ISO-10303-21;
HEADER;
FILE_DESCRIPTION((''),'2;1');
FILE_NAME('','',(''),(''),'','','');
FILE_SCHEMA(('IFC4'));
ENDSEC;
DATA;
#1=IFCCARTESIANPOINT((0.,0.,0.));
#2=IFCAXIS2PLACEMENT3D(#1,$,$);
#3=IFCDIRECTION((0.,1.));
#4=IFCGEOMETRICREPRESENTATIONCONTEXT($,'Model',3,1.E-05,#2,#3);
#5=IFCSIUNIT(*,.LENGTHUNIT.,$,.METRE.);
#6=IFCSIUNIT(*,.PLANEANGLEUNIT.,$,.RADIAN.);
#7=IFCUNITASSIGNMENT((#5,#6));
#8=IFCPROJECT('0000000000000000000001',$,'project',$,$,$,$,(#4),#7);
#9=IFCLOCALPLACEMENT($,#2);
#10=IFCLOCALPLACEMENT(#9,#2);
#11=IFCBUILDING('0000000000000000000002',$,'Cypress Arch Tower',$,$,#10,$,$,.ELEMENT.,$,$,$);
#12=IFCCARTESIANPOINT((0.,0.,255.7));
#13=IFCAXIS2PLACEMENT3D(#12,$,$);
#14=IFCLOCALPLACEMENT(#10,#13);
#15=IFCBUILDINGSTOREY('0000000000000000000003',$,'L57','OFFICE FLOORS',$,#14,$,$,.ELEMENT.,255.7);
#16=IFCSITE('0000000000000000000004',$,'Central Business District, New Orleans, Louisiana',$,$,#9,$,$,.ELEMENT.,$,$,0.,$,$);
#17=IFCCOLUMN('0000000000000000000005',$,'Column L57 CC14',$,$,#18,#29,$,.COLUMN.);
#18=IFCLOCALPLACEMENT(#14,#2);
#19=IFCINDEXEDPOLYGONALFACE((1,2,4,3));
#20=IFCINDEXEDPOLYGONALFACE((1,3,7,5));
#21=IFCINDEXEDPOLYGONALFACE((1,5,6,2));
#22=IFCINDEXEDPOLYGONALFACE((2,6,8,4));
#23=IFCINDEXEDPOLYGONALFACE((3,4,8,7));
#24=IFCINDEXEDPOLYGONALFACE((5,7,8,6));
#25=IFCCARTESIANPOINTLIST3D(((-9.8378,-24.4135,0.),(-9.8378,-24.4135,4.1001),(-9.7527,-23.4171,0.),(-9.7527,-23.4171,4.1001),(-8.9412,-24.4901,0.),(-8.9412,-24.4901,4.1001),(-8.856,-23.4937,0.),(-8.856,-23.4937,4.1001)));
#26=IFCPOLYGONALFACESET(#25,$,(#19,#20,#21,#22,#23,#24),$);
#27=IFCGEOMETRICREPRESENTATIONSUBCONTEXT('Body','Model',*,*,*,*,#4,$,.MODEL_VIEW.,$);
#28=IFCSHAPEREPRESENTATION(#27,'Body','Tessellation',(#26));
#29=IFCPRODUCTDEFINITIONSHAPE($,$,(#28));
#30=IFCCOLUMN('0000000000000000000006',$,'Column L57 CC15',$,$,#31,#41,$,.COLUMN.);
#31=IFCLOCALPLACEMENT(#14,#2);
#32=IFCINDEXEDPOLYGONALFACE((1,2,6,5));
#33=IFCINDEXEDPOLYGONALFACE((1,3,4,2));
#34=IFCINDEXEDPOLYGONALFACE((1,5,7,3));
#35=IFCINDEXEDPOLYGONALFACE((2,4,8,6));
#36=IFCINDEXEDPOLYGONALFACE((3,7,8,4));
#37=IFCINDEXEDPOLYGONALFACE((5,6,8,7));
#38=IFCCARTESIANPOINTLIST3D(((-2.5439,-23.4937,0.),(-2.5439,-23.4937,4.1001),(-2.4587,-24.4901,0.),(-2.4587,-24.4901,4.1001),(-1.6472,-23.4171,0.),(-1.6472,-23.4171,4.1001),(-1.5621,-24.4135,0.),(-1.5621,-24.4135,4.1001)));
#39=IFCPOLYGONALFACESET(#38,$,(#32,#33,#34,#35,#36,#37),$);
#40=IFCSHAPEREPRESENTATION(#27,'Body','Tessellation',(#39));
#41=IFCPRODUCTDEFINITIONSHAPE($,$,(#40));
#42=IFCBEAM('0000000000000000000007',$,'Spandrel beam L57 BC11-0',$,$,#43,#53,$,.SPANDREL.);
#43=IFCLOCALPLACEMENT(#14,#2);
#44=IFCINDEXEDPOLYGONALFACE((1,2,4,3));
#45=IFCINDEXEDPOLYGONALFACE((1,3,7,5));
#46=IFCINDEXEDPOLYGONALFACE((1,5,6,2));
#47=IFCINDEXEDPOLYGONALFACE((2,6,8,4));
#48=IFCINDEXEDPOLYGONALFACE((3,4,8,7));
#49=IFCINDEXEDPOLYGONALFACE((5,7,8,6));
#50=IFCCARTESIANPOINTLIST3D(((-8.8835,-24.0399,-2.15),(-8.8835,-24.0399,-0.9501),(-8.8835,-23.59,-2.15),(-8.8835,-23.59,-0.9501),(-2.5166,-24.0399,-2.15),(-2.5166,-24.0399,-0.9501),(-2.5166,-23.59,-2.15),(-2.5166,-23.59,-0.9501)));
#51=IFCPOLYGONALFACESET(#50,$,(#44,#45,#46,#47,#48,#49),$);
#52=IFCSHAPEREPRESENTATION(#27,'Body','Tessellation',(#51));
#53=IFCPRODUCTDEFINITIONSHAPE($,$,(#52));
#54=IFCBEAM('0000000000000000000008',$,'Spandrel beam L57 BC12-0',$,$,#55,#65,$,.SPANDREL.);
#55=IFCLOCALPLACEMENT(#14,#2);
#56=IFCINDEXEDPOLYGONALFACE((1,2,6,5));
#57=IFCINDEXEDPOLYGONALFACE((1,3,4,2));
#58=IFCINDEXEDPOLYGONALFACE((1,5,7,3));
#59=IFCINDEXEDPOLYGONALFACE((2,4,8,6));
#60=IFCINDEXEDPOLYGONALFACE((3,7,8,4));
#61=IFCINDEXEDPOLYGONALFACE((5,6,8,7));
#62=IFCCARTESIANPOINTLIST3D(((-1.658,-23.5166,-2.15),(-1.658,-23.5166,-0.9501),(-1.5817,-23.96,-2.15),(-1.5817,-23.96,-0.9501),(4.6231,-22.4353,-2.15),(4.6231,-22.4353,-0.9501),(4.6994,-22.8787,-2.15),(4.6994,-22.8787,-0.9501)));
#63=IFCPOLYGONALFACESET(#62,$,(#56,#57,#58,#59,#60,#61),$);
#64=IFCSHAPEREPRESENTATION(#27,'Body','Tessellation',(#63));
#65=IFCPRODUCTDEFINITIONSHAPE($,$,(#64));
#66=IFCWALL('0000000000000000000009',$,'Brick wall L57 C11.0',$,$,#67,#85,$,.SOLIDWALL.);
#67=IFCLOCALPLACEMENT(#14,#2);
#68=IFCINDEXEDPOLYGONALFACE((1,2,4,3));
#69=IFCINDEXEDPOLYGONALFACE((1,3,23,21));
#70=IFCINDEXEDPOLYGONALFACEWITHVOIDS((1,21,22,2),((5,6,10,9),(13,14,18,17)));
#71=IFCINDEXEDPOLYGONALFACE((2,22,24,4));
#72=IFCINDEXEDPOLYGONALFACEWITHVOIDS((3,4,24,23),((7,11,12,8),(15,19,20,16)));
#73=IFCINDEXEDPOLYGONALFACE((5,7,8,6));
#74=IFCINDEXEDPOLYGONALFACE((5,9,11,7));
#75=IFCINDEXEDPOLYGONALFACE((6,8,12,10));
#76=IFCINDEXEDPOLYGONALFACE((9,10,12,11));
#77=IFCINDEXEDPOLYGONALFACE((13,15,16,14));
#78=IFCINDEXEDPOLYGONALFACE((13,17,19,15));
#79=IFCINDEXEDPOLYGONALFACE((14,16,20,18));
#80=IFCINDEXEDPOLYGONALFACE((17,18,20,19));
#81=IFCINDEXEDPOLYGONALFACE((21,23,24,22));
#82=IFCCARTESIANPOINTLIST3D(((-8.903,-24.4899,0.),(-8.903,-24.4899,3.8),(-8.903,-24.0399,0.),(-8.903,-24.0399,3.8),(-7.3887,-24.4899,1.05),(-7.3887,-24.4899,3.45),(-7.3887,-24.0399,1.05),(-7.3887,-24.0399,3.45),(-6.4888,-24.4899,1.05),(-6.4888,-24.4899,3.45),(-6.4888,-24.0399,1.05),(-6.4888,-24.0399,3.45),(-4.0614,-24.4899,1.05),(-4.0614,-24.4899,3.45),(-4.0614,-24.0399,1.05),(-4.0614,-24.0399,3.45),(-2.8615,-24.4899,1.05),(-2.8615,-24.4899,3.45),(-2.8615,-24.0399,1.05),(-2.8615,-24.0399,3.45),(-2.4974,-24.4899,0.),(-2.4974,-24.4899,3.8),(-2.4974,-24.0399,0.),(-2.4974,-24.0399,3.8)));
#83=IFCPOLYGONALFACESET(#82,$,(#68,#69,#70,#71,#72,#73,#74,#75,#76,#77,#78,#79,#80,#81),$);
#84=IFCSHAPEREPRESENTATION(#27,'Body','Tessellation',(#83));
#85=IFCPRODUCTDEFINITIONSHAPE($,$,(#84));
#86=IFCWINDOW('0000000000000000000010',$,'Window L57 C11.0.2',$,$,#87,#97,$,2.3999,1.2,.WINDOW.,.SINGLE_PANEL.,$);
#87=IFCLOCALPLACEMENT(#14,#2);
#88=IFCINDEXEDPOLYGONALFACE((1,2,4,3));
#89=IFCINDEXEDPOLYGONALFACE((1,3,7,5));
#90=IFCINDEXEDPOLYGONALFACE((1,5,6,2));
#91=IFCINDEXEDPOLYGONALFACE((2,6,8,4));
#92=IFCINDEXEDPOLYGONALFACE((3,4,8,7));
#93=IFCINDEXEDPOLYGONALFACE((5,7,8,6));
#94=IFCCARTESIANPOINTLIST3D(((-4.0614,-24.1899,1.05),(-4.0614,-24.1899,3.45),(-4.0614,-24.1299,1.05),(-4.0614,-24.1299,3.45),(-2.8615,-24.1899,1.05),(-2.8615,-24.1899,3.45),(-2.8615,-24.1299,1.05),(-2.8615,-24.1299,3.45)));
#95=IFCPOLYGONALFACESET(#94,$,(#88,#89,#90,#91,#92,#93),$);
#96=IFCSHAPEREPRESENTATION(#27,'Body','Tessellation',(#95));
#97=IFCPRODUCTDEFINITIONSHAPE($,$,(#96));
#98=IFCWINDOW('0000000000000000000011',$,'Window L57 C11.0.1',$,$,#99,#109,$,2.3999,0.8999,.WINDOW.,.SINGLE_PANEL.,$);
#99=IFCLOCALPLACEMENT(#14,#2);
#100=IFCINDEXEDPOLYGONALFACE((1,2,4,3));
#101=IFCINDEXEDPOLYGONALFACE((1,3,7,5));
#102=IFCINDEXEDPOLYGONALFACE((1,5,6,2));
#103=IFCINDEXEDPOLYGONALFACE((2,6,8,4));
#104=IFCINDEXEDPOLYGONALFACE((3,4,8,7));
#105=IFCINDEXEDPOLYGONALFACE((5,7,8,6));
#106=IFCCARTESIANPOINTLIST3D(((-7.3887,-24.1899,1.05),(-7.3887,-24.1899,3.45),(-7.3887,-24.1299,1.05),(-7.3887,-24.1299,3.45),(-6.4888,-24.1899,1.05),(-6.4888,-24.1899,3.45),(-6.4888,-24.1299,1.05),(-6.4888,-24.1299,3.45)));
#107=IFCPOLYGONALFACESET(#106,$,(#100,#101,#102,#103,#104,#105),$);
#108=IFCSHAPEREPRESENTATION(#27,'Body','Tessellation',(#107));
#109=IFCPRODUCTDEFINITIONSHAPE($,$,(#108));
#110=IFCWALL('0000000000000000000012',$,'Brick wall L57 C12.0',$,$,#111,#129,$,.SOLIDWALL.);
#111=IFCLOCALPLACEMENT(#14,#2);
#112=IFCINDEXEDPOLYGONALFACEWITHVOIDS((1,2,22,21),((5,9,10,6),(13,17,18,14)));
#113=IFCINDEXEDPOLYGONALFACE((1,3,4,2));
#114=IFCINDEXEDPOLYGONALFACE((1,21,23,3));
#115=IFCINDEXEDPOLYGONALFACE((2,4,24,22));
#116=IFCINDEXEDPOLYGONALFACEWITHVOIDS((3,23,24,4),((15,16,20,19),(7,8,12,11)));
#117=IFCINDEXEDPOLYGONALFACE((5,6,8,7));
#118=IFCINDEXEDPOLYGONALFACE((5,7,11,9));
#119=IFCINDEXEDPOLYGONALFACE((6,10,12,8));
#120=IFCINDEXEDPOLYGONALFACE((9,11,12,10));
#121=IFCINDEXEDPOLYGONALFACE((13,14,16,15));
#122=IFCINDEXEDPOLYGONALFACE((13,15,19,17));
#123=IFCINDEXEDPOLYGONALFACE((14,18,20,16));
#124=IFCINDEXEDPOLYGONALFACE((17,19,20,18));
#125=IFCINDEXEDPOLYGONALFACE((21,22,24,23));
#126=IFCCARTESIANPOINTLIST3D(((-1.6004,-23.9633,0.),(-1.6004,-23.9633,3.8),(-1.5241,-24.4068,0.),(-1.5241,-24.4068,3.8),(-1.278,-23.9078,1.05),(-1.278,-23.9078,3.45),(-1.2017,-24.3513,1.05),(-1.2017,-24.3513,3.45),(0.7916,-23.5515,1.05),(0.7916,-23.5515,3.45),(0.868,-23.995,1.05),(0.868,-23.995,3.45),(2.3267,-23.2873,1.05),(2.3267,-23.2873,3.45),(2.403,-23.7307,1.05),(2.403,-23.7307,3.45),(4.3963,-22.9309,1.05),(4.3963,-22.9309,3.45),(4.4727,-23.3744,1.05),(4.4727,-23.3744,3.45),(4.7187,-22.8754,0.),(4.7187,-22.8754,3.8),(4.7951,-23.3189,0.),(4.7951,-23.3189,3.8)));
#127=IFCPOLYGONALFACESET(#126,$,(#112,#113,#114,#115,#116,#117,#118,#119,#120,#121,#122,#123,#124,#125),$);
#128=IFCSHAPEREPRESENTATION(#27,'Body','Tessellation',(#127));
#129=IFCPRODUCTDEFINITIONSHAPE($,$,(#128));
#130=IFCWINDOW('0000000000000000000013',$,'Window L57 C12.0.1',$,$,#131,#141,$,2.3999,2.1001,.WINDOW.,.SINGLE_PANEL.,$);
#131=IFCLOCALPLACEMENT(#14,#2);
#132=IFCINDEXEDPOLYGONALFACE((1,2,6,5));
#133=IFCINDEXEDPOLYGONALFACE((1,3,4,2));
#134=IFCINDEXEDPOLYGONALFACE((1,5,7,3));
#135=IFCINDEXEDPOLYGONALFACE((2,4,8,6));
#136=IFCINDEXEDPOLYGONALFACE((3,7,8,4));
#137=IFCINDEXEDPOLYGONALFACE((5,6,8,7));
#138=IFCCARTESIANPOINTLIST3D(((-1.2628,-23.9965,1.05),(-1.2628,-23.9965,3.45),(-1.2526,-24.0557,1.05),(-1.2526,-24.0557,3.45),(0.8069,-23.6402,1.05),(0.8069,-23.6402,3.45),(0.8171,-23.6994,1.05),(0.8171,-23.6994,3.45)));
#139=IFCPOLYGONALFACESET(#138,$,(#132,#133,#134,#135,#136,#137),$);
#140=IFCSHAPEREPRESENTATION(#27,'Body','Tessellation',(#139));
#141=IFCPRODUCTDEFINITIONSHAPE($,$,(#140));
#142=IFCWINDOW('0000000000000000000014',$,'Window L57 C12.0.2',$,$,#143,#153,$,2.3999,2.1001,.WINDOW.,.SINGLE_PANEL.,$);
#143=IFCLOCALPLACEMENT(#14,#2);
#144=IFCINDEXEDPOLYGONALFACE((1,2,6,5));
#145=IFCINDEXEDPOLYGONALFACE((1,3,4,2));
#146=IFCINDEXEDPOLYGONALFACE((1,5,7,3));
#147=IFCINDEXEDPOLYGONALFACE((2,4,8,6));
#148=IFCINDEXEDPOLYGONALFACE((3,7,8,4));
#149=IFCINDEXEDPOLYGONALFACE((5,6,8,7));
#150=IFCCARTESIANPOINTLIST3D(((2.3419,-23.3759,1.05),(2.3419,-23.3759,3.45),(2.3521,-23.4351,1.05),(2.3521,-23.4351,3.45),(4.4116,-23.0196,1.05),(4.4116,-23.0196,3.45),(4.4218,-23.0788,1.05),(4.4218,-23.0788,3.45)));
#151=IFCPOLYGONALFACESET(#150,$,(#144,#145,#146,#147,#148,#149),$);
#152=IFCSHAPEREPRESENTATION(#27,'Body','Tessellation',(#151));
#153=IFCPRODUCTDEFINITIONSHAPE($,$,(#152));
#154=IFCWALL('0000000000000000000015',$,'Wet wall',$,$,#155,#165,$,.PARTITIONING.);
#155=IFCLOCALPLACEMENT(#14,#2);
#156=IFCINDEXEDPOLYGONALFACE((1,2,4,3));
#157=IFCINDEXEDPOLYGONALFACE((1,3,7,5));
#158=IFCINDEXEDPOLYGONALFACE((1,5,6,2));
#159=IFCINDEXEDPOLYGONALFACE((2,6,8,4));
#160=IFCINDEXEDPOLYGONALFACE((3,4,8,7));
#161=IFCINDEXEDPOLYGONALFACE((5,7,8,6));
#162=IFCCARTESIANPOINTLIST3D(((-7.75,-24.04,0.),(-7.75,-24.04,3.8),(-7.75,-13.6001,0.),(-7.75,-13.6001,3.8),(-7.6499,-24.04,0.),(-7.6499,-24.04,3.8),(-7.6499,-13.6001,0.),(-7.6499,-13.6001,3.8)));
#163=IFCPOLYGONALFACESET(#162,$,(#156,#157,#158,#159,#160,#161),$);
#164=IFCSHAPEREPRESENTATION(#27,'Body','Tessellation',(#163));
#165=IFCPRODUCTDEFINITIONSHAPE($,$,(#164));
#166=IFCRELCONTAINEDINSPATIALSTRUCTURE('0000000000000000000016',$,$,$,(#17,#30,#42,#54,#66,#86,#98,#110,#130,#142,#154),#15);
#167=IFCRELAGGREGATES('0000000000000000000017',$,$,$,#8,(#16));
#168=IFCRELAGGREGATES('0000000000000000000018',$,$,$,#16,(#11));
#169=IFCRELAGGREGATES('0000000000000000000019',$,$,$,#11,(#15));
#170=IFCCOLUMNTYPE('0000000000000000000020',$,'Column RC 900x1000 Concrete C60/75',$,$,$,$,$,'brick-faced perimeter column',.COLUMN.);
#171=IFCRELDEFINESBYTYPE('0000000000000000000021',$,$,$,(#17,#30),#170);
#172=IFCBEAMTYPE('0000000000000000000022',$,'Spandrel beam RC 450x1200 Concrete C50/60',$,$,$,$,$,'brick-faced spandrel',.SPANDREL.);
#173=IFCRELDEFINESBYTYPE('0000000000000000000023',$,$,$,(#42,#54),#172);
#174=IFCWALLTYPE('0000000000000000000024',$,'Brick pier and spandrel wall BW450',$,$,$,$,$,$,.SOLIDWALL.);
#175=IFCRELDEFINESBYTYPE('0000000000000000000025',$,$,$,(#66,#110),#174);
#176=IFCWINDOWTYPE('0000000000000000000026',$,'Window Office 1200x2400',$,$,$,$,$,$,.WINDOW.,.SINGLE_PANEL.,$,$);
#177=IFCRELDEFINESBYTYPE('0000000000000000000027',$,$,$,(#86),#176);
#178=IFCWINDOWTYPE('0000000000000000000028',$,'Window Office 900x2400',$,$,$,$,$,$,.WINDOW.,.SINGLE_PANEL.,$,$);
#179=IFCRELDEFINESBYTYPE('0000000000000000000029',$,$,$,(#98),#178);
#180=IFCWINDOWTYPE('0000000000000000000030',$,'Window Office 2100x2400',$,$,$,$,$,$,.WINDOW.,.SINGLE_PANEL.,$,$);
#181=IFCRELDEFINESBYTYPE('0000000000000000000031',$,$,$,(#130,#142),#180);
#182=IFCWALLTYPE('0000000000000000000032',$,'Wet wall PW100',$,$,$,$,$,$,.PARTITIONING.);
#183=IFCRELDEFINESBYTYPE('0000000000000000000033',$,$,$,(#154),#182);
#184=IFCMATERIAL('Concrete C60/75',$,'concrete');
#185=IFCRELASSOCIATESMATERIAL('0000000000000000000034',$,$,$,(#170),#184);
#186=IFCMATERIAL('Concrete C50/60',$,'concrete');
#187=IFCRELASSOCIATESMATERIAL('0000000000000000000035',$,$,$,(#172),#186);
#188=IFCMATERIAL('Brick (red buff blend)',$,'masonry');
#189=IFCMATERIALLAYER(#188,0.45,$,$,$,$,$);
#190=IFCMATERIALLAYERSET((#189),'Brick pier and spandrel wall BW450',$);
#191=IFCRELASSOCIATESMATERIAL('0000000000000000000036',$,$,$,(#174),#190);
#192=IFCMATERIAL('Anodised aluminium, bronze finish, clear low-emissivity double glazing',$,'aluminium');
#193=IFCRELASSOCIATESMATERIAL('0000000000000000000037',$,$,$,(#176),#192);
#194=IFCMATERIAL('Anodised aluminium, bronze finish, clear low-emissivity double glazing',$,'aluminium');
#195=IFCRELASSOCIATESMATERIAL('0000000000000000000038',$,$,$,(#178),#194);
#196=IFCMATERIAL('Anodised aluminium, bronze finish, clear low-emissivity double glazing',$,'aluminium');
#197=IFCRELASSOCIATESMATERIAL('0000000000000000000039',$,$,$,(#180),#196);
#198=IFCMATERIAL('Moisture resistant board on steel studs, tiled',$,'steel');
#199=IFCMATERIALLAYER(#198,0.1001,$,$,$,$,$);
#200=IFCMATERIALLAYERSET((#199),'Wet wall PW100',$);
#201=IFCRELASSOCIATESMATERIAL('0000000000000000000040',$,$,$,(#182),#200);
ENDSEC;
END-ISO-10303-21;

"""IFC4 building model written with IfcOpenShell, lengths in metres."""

from ifc_helpers import new_model, si_unit, direction, frame, frame_2d, origin, origin_2d, place, context, subcontext, project, spatial, rectangle, extrude, material, layer, layer_set, material_profile, profile_set, type_object, element, fill, save


model = new_model("IFC4")

# Units and contexts
model_context = context("Model", 3, precision=1e-05, world=origin(), true_north=direction((0.0, 1.0)))
body_context = subcontext(model_context, "Body", "Model", "MODEL_VIEW")
ifc_project = project(units=[si_unit("LENGTHUNIT", "METRE"), si_unit("PLANEANGLEUNIT", "RADIAN")], contexts=[model_context])

# Site, building, storey
site_placement = place(None, origin())
site = spatial("IfcSite", under=ifc_project, at=site_placement, Name="Central Business District, New Orleans, Louisiana", CompositionType="ELEMENT", RefElevation=0.0)
building_placement = place(site_placement, origin())
building = spatial("IfcBuilding", under=site, at=building_placement, Name="Cypress Arch Tower", CompositionType="ELEMENT")
storey_placement = place(building_placement, frame((0.0, 0.0, 255.7)))
storey = spatial("IfcBuildingStorey", under=building, at=storey_placement, Name="L57", Description="OFFICE FLOORS", CompositionType="ELEMENT", Elevation=255.7)

# Columns
ifc_material_1 = material(Name="Concrete C60/75", Category="concrete")
ifc_material_profile_1 = material_profile(ifc_material_1, rectangle(XDim=0.8999, YDim=1.0, at=origin_2d()), Name="RC 900x1000")
ifc_profile_set_1 = profile_set([ifc_material_profile_1], Name="Concrete C60/75")
column_type = type_object("IfcColumnType", Name="Column RC 900x1000 Concrete C60/75", ElementType="brick-faced perimeter column", PredefinedType="COLUMN", material=ifc_profile_set_1)
for number, where, z_axis, x_axis, name in (
    (1, (-9.3469, -23.9536, 0.0), (0.0, 0.0, 1.0), (0.996368, -0.085149, 0.0), "Column L57 CC14"),
    (2, (-2.053, -23.9536, 0.0), (0.0, 0.0, 1.0), (0.996368, 0.085149, 0.0), "Column L57 CC15"),
):
    element("IfcColumn", number, at=place(storey_placement, frame(where, z_axis=z_axis, x_axis=x_axis)), inside=storey, type_object=column_type, Name=name, PredefinedType="COLUMN", context=body_context, shape_type="SweptSolid", body=[
        extrude(rectangle(XDim=0.8999, YDim=1.0, at=origin_2d()), origin(), (0.0, 0.0, 1.0), 4.1001),
    ])

# Beams
ifc_material_2 = material(Name="Concrete C50/60", Category="concrete")
ifc_material_profile_2 = material_profile(ifc_material_2, rectangle(XDim=0.45, YDim=1.2, at=origin_2d()), Name="RC 450x1200")
ifc_profile_set_2 = profile_set([ifc_material_profile_2], Name="Concrete C50/60")
beam_type = type_object("IfcBeamType", Name="Spandrel beam RC 450x1200 Concrete C50/60", ElementType="brick-faced spandrel", PredefinedType="SPANDREL", material=ifc_profile_set_2)
beam_1_placement = place(storey_placement, frame((-8.8835, -23.8149, -1.55), z_axis=(1.0, 0.0, 0.0), x_axis=(0.0, 1.0, 0.0)))
element("IfcBeam", 3, at=beam_1_placement, inside=storey, type_object=beam_type, Name="Spandrel beam L57 BC11-0", PredefinedType="SPANDREL", context=body_context, shape_type="SweptSolid", body=[
    extrude(rectangle(XDim=0.45, YDim=1.2, at=origin_2d()), origin(), (0.0, 0.0, 1.0), 6.3669),
])
beam_2_placement = place(storey_placement, frame((-1.6199, -23.7383, -1.55), z_axis=(0.985504, 0.169652, 0.0), x_axis=(-0.169652, 0.985504, 0.0)))
element("IfcBeam", 4, at=beam_2_placement, inside=storey, type_object=beam_type, Name="Spandrel beam L57 BC12-0", PredefinedType="SPANDREL", context=body_context, shape_type="SweptSolid", body=[
    extrude(rectangle(XDim=0.45, YDim=1.2, at=origin_2d()), origin(), (0.0, 0.0, 1.0), 6.3735),
])

# Walls, openings, windows
ifc_material_3 = material(Name="Brick (red buff blend)", Category="masonry")
ifc_layer_1 = layer(ifc_material_3, 0.45)
ifc_layer_set_1 = layer_set([ifc_layer_1], Name="Brick pier and spandrel wall BW450")
wall_type_1 = type_object("IfcWallType", Name="Brick pier and spandrel wall BW450", PredefinedType="SOLIDWALL", material=ifc_layer_set_1)
wall_1_placement = place(storey_placement, frame((-8.9028, -24.2649, 0.0), z_axis=(0.0, 0.0, 1.0), x_axis=(1.0, 0.0, 0.0)))
wall_1 = element("IfcWall", 5, at=wall_1_placement, inside=storey, type_object=wall_type_1, Name="Brick wall L57 C11.0", PredefinedType="SOLIDWALL", context=body_context, shape_type="SweptSolid", body=[
    extrude(rectangle(XDim=6.4055, YDim=0.45, at=frame_2d((3.2026, 0.0))), origin(), (0.0, 0.0, 1.0), 3.8),
])
opening_1_placement = place(wall_1_placement, frame((1.5142, 0.0, 1.05)))
opening_1 = element("IfcOpeningElement", 6, at=opening_1_placement, cuts=wall_1, PredefinedType="OPENING", context=body_context, shape_type="SweptSolid", body=[
    extrude(rectangle(XDim=0.8999, YDim=2.3999, at=frame_2d((0.45, 1.2))), frame((0.0, 0.2349, 0.0), z_axis=(0.0, -1.0, 0.0), x_axis=(1.0, 0.0, 0.0)), (0.0, 0.0, 1.0), 0.47),
])
opening_2_placement = place(wall_1_placement, frame((4.8413, 0.0, 1.05)))
opening_2 = element("IfcOpeningElement", 7, at=opening_2_placement, cuts=wall_1, PredefinedType="OPENING", context=body_context, shape_type="SweptSolid", body=[
    extrude(rectangle(XDim=1.2, YDim=2.3999, at=frame_2d((0.6001, 1.2))), frame((0.0, 0.2349, 0.0), z_axis=(0.0, -1.0, 0.0), x_axis=(1.0, 0.0, 0.0)), (0.0, 0.0, 1.0), 0.47),
])
ifc_material_4 = material(Name="Anodised aluminium, bronze finish, clear low-emissivity double glazing", Category="aluminium")
window_type_1 = type_object("IfcWindowType", Name="Window Office 1200x2400", PartitioningType="SINGLE_PANEL", PredefinedType="WINDOW", material=ifc_material_4)
window_1_placement = place(opening_2_placement, origin())
window_1 = element("IfcWindow", 8, at=window_1_placement, inside=storey, type_object=window_type_1, Name="Window L57 C11.0.2", OverallHeight=2.3999, OverallWidth=1.2, PartitioningType="SINGLE_PANEL", PredefinedType="WINDOW", context=body_context, shape_type="SweptSolid", body=[
    extrude(rectangle(XDim=1.2, YDim=2.3999, at=frame_2d((0.6001, 1.2))), frame((0.0, 0.135, 0.0), z_axis=(0.0, -1.0, 0.0), x_axis=(1.0, 0.0, 0.0)), (0.0, 0.0, 1.0), 0.0601),
])
fill(opening_2, window_1)
ifc_material_5 = material(Name="Anodised aluminium, bronze finish, clear low-emissivity double glazing", Category="aluminium")
window_type_2 = type_object("IfcWindowType", Name="Window Office 900x2400", PartitioningType="SINGLE_PANEL", PredefinedType="WINDOW", material=ifc_material_5)
window_2_placement = place(opening_1_placement, origin())
window_2 = element("IfcWindow", 9, at=window_2_placement, inside=storey, type_object=window_type_2, Name="Window L57 C11.0.1", OverallHeight=2.3999, OverallWidth=0.8999, PartitioningType="SINGLE_PANEL", PredefinedType="WINDOW", context=body_context, shape_type="SweptSolid", body=[
    extrude(rectangle(XDim=0.8999, YDim=2.3999, at=frame_2d((0.45, 1.2))), frame((0.0, 0.135, 0.0), z_axis=(0.0, -1.0, 0.0), x_axis=(1.0, 0.0, 0.0)), (0.0, 0.0, 1.0), 0.0601),
])
fill(opening_1, window_2)
wall_2_placement = place(storey_placement, frame((-1.5623, -24.1851, 0.0), z_axis=(0.0, 0.0, 1.0), x_axis=(0.985502, 0.169663, 0.0)))
wall_2 = element("IfcWall", 10, at=wall_2_placement, inside=storey, type_object=wall_type_1, Name="Brick wall L57 C12.0", PredefinedType="SOLIDWALL", context=body_context, shape_type="SweptSolid", body=[
    extrude(rectangle(XDim=6.4121, YDim=0.45, at=frame_2d((3.2061, 0.0))), origin(), (0.0, 0.0, 1.0), 3.8),
])
opening_3_placement = place(wall_2_placement, frame((0.3271, 0.0, 1.05)))
opening_3 = element("IfcOpeningElement", 11, at=opening_3_placement, cuts=wall_2, PredefinedType="OPENING", context=body_context, shape_type="SweptSolid", body=[
    extrude(rectangle(XDim=2.1001, YDim=2.3999, at=frame_2d((1.05, 1.2))), frame((0.0, 0.2349, 0.0), z_axis=(0.0, -1.0, 0.0), x_axis=(1.0, 0.0, 0.0)), (0.0, 0.0, 1.0), 0.47),
])
opening_4_placement = place(wall_2_placement, frame((3.9849, 0.0, 1.05)))
opening_4 = element("IfcOpeningElement", 12, at=opening_4_placement, cuts=wall_2, PredefinedType="OPENING", context=body_context, shape_type="SweptSolid", body=[
    extrude(rectangle(XDim=2.1001, YDim=2.3999, at=frame_2d((1.05, 1.2))), frame((0.0, 0.2349, 0.0), z_axis=(0.0, -1.0, 0.0), x_axis=(1.0, 0.0, 0.0)), (0.0, 0.0, 1.0), 0.47),
])
ifc_material_6 = material(Name="Anodised aluminium, bronze finish, clear low-emissivity double glazing", Category="aluminium")
window_type_3 = type_object("IfcWindowType", Name="Window Office 2100x2400", PartitioningType="SINGLE_PANEL", PredefinedType="WINDOW", material=ifc_material_6)
window_3_placement = place(opening_3_placement, origin())
window_3 = element("IfcWindow", 13, at=window_3_placement, inside=storey, type_object=window_type_3, Name="Window L57 C12.0.1", OverallHeight=2.3999, OverallWidth=2.1001, PartitioningType="SINGLE_PANEL", PredefinedType="WINDOW", context=body_context, shape_type="SweptSolid", body=[
    extrude(rectangle(XDim=2.1001, YDim=2.3999, at=frame_2d((1.05, 1.2))), frame((0.0, 0.135, 0.0), z_axis=(0.0, -1.0, 0.0), x_axis=(1.0, 0.0, 0.0)), (0.0, 0.0, 1.0), 0.0601),
])
fill(opening_3, window_3)
window_4_placement = place(opening_4_placement, origin())
window_4 = element("IfcWindow", 14, at=window_4_placement, inside=storey, type_object=window_type_3, Name="Window L57 C12.0.2", OverallHeight=2.3999, OverallWidth=2.1001, PartitioningType="SINGLE_PANEL", PredefinedType="WINDOW", context=body_context, shape_type="SweptSolid", body=[
    extrude(rectangle(XDim=2.1001, YDim=2.3999, at=frame_2d((1.05, 1.2))), frame((0.0, 0.135, 0.0), z_axis=(0.0, -1.0, 0.0), x_axis=(1.0, 0.0, 0.0)), (0.0, 0.0, 1.0), 0.0601),
])
fill(opening_4, window_4)

# Wall
ifc_material_7 = material(Name="Moisture resistant board on steel studs, tiled", Category="steel")
ifc_layer_2 = layer(ifc_material_7, 0.1001)
ifc_layer_set_2 = layer_set([ifc_layer_2], Name="Wet wall PW100")
wall_type_2 = type_object("IfcWallType", Name="Wet wall PW100", PredefinedType="PARTITIONING", material=ifc_layer_set_2)
for number, where, z_axis, x_axis, name in (
    (15, (-7.7, -24.04, 0.0), (0.0, 0.0, 1.0), (0.0, 1.0, 0.0), "Wet wall"),
):
    element("IfcWall", number, at=place(storey_placement, frame(where, z_axis=z_axis, x_axis=x_axis)), inside=storey, type_object=wall_type_2, Name=name, PredefinedType="PARTITIONING", context=body_context, shape_type="SweptSolid", body=[
        extrude(rectangle(XDim=10.4399, YDim=0.1001, at=frame_2d((5.22, 0.0))), origin(), (0.0, 0.0, 1.0), 3.8),
    ])

save(model, "model.ifc")
